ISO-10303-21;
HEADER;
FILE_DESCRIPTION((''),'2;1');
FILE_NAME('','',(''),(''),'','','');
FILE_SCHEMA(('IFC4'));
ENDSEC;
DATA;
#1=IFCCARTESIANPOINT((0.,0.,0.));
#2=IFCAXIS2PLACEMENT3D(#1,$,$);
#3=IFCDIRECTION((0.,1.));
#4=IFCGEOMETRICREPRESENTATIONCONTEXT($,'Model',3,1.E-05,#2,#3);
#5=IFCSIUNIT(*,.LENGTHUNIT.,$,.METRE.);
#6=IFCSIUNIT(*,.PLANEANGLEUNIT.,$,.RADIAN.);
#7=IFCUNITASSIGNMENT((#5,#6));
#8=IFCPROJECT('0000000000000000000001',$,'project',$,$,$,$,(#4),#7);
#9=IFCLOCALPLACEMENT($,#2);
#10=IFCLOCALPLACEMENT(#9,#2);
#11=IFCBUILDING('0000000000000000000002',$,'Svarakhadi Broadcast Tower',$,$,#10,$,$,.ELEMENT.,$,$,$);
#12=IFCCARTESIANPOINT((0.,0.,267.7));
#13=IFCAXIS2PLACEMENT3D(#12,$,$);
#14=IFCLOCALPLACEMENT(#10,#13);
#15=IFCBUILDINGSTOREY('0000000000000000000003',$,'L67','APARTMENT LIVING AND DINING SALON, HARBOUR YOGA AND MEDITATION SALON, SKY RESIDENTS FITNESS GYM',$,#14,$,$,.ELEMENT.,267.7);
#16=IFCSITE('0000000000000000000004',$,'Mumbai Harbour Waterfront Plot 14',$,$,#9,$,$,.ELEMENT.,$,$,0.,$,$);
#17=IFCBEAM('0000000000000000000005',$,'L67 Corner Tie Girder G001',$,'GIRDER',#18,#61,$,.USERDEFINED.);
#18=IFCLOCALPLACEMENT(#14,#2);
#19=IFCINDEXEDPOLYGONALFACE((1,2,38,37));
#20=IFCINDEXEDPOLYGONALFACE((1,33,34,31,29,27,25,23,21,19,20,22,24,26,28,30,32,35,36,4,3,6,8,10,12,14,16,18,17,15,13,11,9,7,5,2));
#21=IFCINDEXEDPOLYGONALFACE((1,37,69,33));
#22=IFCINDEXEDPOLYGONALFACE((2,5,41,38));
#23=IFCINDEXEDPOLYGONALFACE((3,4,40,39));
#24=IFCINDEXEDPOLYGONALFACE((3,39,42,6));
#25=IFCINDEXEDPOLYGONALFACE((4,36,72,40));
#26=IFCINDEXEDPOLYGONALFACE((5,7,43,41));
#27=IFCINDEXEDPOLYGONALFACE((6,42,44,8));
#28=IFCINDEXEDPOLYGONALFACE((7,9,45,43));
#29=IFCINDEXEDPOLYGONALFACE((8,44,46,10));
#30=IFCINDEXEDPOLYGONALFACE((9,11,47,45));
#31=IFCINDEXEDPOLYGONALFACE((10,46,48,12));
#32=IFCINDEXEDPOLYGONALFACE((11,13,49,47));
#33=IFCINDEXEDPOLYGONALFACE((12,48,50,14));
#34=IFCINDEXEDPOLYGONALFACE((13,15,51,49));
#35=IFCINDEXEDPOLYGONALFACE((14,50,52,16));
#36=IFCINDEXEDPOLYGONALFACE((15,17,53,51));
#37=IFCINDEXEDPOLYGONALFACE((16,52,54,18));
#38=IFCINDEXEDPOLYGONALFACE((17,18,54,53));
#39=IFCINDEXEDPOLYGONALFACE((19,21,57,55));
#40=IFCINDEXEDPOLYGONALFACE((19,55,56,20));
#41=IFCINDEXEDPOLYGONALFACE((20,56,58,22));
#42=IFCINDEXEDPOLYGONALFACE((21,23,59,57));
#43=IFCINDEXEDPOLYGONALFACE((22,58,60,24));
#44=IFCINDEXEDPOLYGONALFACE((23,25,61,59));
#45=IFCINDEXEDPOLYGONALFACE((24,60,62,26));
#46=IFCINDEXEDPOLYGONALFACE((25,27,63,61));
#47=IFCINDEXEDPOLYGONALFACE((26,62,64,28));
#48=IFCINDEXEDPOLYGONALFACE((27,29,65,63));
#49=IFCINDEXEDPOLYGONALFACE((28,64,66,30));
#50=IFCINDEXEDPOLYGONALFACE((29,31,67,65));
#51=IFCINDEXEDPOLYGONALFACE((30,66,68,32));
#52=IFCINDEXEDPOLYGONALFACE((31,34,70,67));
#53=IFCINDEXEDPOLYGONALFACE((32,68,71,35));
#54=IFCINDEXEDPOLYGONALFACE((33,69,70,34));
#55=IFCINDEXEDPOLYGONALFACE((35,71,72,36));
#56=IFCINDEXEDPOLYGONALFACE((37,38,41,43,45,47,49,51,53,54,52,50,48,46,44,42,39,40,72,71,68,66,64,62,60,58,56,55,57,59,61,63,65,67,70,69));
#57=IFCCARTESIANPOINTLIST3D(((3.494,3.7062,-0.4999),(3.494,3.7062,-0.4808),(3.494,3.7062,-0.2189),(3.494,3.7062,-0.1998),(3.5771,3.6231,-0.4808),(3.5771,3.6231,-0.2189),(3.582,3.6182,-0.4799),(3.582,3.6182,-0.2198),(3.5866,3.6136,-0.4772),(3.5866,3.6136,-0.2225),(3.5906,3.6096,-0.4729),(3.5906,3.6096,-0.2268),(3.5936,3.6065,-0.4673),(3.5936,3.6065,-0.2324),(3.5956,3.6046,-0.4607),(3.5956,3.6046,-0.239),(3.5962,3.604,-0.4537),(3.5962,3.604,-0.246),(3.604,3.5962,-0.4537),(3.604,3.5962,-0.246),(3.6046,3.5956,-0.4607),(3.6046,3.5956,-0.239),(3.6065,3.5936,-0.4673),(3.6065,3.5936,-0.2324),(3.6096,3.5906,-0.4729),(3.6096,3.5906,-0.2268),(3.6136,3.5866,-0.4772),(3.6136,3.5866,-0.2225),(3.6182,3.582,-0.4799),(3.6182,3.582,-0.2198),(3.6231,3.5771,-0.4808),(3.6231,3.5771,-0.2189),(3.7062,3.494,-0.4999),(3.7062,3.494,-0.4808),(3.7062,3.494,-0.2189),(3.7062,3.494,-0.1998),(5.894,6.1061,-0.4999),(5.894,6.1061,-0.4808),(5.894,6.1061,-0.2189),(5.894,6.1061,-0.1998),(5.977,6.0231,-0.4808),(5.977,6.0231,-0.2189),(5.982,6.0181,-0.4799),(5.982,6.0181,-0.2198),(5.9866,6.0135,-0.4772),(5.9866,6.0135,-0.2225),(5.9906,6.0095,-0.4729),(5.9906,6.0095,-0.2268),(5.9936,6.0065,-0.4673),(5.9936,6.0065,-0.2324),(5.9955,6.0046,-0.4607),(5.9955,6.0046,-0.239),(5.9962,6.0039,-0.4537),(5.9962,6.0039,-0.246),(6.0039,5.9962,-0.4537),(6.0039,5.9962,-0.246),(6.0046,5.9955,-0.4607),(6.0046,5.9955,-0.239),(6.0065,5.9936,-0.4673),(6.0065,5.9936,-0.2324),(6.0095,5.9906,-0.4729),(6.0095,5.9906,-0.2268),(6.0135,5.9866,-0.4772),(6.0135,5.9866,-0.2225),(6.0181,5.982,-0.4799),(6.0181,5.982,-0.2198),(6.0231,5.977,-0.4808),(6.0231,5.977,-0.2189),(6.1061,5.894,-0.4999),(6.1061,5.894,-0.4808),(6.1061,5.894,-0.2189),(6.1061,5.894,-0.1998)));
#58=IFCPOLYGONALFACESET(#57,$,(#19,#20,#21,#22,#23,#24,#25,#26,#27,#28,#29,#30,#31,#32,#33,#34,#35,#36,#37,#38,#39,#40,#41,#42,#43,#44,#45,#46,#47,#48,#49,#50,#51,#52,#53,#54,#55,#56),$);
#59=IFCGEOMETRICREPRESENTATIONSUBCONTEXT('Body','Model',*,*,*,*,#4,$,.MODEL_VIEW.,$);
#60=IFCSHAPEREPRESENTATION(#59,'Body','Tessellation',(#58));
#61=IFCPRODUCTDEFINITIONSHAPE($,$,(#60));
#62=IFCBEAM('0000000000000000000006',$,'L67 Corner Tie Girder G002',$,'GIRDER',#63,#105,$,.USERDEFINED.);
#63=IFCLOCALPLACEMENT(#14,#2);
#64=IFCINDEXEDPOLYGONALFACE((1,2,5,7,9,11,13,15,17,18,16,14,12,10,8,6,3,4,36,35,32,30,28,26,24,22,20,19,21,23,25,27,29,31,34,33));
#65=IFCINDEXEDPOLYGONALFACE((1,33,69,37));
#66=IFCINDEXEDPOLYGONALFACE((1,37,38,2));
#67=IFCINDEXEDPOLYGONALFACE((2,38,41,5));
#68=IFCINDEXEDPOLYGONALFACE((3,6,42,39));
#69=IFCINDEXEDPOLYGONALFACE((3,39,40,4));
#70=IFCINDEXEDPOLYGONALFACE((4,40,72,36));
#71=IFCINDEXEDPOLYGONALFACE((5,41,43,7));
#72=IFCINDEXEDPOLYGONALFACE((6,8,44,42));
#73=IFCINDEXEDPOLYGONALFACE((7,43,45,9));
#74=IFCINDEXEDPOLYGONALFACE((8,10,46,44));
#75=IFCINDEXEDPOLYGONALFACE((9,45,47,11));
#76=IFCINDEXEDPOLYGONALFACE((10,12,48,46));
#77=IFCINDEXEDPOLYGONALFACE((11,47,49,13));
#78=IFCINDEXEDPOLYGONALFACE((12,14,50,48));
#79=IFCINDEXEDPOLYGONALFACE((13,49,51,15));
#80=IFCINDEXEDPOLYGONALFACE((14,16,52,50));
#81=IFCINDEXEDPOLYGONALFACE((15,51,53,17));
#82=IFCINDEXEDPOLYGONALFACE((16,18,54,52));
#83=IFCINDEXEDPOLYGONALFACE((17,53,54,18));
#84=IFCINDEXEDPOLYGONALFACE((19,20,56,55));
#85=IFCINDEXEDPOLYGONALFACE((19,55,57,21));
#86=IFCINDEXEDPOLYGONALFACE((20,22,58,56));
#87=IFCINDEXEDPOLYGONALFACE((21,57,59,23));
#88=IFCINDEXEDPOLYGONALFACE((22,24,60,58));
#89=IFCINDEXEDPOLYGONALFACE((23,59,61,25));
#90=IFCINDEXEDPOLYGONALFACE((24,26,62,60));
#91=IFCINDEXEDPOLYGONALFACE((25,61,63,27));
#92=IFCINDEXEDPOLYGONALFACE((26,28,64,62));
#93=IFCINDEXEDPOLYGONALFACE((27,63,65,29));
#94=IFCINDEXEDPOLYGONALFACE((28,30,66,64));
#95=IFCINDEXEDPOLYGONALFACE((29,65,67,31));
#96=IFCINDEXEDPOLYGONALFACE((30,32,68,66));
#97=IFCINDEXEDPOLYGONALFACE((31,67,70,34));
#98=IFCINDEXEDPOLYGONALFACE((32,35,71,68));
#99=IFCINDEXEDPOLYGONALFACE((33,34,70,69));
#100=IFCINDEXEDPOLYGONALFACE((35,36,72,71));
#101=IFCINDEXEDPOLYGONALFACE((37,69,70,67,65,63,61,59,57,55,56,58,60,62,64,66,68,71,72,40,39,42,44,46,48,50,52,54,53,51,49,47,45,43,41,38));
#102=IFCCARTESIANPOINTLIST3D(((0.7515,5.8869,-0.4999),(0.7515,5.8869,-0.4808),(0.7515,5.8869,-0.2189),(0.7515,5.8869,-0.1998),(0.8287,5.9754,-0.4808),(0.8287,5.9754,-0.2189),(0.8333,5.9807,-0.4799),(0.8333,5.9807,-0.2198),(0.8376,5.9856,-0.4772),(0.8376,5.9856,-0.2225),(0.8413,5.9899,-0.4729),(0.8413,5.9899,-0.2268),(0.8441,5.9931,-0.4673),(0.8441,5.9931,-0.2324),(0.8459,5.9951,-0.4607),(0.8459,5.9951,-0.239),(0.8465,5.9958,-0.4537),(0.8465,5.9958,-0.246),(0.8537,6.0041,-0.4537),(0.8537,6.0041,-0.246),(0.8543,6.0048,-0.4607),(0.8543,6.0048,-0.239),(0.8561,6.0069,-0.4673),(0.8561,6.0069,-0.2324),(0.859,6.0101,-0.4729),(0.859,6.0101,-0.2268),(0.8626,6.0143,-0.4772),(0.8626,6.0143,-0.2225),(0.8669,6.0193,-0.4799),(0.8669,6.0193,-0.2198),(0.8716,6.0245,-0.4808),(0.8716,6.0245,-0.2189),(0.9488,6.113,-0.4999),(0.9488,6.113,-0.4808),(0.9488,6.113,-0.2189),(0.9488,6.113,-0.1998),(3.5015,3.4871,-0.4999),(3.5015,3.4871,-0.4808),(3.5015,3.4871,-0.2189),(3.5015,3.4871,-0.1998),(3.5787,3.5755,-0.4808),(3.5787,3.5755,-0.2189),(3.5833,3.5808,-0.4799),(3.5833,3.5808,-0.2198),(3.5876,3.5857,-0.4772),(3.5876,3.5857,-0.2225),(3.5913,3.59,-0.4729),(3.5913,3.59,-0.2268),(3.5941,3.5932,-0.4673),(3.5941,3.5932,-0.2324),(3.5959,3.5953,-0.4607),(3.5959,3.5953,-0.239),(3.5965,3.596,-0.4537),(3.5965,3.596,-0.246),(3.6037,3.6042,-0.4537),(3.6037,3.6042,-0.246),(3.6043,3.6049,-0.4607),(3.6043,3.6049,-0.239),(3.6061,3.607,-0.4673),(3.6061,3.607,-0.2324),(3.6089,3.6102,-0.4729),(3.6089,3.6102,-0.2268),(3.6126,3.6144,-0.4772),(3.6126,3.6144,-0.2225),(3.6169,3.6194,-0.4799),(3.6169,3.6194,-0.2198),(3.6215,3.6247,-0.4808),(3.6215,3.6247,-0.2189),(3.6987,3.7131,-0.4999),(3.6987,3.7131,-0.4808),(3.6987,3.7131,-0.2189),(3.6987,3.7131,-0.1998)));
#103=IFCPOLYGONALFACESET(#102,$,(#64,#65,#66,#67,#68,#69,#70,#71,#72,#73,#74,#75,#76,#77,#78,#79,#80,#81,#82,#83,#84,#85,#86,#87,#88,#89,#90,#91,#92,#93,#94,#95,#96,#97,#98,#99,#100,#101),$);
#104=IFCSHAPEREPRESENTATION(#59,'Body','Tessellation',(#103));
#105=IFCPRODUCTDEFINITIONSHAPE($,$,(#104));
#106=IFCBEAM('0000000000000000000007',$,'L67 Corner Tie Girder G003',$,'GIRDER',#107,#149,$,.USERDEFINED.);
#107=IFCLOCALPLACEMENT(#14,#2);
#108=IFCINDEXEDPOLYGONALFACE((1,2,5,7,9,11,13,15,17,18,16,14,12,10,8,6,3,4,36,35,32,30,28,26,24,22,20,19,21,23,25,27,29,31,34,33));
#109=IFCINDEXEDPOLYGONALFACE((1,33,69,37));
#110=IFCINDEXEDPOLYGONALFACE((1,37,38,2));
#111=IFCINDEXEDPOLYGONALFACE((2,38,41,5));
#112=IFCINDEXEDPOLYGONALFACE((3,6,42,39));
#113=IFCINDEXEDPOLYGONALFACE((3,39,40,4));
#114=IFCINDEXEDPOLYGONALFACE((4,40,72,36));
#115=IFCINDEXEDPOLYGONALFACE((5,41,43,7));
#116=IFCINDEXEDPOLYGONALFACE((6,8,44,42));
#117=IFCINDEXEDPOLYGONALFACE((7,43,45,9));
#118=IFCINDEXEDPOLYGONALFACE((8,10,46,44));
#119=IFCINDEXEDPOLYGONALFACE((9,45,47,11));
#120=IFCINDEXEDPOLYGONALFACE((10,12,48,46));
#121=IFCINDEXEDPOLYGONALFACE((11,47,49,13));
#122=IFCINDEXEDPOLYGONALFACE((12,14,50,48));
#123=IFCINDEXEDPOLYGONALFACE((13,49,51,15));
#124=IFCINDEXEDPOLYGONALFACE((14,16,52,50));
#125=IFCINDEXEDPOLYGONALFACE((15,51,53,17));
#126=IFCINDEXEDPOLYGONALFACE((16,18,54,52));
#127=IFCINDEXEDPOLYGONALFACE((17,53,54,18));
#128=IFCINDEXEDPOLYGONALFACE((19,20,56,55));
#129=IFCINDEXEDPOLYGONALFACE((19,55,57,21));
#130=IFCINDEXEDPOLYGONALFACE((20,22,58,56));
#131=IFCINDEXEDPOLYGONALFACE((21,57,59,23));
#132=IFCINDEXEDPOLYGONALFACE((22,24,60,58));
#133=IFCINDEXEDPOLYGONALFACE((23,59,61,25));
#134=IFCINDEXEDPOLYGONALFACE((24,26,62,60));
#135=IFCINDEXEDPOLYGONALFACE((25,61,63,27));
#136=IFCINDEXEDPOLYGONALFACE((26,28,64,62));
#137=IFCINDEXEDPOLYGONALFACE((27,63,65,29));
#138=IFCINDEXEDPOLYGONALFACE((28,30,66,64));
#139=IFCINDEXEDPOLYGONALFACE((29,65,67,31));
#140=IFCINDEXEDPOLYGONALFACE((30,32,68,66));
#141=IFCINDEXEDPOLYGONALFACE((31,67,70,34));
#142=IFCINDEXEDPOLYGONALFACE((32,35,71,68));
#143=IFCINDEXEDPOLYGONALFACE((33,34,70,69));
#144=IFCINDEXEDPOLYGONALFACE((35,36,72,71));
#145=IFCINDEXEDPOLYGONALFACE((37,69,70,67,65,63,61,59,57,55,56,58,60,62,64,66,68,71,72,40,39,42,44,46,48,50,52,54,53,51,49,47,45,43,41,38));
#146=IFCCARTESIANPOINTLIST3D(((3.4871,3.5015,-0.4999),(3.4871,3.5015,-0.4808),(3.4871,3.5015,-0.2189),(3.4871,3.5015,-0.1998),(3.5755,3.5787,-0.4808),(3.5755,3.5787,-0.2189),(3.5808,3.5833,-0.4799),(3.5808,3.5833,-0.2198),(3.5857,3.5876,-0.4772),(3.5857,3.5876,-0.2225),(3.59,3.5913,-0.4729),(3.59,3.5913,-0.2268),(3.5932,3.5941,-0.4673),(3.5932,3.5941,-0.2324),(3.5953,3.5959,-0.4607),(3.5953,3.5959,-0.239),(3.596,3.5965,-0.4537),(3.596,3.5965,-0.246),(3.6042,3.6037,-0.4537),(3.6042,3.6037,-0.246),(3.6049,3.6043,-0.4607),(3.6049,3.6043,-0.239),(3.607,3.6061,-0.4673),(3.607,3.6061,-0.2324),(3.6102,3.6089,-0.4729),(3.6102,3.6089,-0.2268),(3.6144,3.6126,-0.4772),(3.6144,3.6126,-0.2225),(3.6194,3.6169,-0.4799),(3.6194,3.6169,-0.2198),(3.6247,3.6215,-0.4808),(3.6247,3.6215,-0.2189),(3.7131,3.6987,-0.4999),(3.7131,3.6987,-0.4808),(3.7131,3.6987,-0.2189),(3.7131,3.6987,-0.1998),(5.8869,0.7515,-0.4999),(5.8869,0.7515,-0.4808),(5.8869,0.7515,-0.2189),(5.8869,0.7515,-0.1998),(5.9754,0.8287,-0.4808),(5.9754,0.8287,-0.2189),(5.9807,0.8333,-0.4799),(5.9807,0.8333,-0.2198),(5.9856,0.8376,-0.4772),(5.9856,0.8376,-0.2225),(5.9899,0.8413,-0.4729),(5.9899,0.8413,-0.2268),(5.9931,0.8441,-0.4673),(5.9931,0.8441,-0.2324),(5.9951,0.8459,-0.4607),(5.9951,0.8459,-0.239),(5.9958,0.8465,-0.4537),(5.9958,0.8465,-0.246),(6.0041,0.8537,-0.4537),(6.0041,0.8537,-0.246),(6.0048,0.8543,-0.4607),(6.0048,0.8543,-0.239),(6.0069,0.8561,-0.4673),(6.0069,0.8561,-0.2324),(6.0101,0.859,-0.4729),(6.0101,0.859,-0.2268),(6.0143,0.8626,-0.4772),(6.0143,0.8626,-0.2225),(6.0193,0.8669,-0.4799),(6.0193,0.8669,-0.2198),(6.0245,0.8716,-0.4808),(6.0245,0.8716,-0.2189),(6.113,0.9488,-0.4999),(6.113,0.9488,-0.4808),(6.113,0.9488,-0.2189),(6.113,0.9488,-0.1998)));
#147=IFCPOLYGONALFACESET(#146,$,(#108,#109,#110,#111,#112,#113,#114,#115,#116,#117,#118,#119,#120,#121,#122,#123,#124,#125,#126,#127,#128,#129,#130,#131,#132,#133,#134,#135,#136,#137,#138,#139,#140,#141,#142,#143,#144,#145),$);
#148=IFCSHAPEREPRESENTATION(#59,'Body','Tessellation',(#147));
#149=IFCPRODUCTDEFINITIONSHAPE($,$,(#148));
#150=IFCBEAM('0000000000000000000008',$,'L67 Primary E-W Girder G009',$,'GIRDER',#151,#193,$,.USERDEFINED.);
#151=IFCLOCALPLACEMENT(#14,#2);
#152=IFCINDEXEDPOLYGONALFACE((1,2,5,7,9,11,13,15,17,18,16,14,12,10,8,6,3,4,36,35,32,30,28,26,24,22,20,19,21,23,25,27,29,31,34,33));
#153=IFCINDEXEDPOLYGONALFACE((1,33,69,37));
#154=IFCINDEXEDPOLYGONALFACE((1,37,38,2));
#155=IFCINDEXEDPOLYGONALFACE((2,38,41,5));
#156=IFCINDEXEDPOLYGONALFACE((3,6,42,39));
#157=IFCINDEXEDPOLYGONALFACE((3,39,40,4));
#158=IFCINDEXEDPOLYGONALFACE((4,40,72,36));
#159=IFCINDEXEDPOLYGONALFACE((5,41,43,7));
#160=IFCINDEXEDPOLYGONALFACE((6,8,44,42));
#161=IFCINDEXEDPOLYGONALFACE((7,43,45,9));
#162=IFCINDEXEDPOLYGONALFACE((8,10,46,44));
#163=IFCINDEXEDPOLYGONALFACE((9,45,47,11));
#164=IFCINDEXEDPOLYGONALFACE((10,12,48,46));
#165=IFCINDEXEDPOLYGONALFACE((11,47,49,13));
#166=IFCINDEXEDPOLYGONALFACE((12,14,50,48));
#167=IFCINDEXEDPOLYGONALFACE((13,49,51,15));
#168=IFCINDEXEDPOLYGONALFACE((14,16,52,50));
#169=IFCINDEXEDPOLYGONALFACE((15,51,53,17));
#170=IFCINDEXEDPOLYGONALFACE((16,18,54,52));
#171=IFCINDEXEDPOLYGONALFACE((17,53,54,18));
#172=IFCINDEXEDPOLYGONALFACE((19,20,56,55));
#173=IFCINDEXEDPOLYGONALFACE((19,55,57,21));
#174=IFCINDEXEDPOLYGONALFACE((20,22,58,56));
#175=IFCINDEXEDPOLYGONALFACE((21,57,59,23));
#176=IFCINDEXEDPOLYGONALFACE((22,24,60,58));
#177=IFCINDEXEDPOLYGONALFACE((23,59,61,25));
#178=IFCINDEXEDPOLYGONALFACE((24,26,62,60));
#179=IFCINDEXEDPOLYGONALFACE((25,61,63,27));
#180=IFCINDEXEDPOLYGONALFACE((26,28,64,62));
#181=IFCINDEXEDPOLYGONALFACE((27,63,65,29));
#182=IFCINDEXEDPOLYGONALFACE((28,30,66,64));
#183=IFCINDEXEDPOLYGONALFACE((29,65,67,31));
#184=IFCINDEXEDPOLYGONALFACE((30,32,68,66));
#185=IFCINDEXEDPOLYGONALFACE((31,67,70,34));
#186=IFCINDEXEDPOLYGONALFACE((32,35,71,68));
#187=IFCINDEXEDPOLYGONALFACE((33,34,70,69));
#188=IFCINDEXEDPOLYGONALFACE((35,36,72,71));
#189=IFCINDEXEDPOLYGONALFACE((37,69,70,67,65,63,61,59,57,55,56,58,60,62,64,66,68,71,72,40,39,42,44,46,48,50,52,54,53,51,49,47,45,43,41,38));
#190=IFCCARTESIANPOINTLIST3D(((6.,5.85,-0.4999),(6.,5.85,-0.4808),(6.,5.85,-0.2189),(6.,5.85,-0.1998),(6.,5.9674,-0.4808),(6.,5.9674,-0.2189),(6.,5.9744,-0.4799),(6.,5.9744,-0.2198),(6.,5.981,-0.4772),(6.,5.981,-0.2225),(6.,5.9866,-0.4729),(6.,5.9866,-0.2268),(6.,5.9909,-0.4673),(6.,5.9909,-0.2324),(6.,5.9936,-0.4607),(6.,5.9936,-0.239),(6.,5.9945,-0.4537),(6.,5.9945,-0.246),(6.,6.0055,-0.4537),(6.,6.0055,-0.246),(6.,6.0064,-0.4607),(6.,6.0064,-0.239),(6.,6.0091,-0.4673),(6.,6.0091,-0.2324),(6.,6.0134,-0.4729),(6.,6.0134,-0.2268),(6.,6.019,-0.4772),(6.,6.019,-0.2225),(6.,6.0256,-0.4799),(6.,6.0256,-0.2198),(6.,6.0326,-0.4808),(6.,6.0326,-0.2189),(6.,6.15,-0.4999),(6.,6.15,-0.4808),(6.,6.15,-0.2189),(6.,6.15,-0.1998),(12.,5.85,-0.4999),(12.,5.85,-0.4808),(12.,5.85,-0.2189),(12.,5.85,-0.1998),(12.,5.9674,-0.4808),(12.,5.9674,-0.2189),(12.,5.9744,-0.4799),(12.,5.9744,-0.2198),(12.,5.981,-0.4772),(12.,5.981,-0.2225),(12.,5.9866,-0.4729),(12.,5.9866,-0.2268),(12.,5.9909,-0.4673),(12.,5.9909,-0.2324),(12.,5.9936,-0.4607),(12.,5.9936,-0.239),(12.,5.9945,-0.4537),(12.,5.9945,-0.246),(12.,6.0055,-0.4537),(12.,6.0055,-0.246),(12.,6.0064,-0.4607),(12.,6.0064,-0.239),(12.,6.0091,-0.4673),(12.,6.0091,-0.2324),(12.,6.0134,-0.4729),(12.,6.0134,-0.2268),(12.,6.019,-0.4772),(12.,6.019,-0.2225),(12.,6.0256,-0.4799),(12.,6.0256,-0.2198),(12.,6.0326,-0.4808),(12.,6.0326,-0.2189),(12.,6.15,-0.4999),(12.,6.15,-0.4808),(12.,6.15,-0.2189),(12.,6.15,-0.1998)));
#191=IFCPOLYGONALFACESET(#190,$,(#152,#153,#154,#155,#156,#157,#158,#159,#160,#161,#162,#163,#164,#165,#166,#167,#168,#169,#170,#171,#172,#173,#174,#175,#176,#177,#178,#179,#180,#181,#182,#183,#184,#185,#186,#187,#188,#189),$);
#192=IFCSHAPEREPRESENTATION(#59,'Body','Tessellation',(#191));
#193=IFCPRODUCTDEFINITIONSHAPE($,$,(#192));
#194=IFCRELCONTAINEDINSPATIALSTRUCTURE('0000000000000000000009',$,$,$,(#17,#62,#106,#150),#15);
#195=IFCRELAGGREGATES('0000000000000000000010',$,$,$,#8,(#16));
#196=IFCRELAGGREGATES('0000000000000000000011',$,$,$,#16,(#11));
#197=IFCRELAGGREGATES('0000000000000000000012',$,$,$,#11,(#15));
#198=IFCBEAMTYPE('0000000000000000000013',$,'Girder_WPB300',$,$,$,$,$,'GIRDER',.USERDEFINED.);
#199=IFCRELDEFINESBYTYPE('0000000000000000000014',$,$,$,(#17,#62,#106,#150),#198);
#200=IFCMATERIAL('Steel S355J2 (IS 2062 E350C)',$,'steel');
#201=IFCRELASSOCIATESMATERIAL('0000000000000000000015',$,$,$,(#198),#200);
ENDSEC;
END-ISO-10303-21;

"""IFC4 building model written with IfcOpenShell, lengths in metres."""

from ifc_helpers import new_model, si_unit, direction, frame, origin, origin_2d, place, context, subcontext, project, spatial, i_section, extrude, material, material_profile, profile_set, type_object, element, save


model = new_model("IFC4")

# Units and contexts
model_context = context("Model", 3, precision=1e-05, world=origin(), true_north=direction((0.0, 1.0)))
body_context = subcontext(model_context, "Body", "Model", "MODEL_VIEW")
ifc_project = project(units=[si_unit("LENGTHUNIT", "METRE"), si_unit("PLANEANGLEUNIT", "RADIAN")], contexts=[model_context])

# Site, building, storey
site_placement = place(None, origin())
site = spatial("IfcSite", under=ifc_project, at=site_placement, Name="Mumbai Harbour Waterfront Plot 14", CompositionType="ELEMENT", RefElevation=0.0)
building_placement = place(site_placement, origin())
building = spatial("IfcBuilding", under=site, at=building_placement, Name="Svarakhadi Broadcast Tower", CompositionType="ELEMENT")
storey_placement = place(building_placement, frame((0.0, 0.0, 267.7)))
storey = spatial("IfcBuildingStorey", under=building, at=storey_placement, Name="L67", Description="APARTMENT LIVING AND DINING SALON, HARBOUR YOGA AND MEDITATION SALON, SKY RESIDENTS FITNESS GYM", CompositionType="ELEMENT", Elevation=267.7)

# Beams
ifc_material_1 = material(Name="Steel S355J2 (IS 2062 E350C)", Category="steel")
ifc_material_profile_1 = material_profile(ifc_material_1, i_section(OverallWidth=0.3, OverallDepth=0.3, WebThickness=0.011, FlangeThickness=0.019, FilletRadius=0.0271, at=origin_2d()), Name="WPB 300x300x117")
ifc_profile_set_1 = profile_set([ifc_material_profile_1], Name="Steel S355J2 (IS 2062 E350C)")
beam_type_1 = type_object("IfcBeamType", Name="Girder_WPB300", ElementType="GIRDER", PredefinedType="USERDEFINED", material=ifc_profile_set_1)
beam_placement = place(storey_placement, frame((3.6001, 3.6001, -0.3499), z_axis=(0.707107, 0.707107, 0.0), x_axis=(-0.707107, 0.707107, 0.0)))
element("IfcBeam", 1, at=beam_placement, inside=storey, type_object=beam_type_1, Name="L67 Corner Tie Girder G001", ObjectType="GIRDER", PredefinedType="USERDEFINED", context=body_context, shape_type="SweptSolid", body=[
    extrude(i_section(OverallWidth=0.3, OverallDepth=0.3, WebThickness=0.011, FlangeThickness=0.019, FilletRadius=0.0271, at=origin_2d()), origin(), (0.0, 0.0, 1.0), 3.394),
])
for number, where, z_axis, x_axis, name in (
    (2, (3.6001, 3.6001, -0.3499), (-0.753438, 0.657519, 0.0), (-0.657519, -0.753438, 0.0), "L67 Corner Tie Girder G002"),
    (3, (3.6001, 3.6001, -0.3499), (0.657519, -0.753438, 0.0), (0.753438, 0.657519, 0.0), "L67 Corner Tie Girder G003"),
):
    element("IfcBeam", number, at=place(storey_placement, frame(where, z_axis=z_axis, x_axis=x_axis)), inside=storey, type_object=beam_type_1, Name=name, ObjectType="GIRDER", PredefinedType="USERDEFINED", context=body_context, shape_type="SweptSolid", body=[
        extrude(i_section(OverallWidth=0.3, OverallDepth=0.3, WebThickness=0.011, FlangeThickness=0.019, FilletRadius=0.0271, at=origin_2d()), origin(), (0.0, 0.0, 1.0), 3.6499),
    ])
for number, where, z_axis, x_axis, name in (
    (4, (6.0, 6.0, -0.3499), (1.0, 0.0, 0.0), (0.0, 1.0, 0.0), "L67 Primary E-W Girder G009"),
):
    element("IfcBeam", number, at=place(storey_placement, frame(where, z_axis=z_axis, x_axis=x_axis)), inside=storey, type_object=beam_type_1, Name=name, ObjectType="GIRDER", PredefinedType="USERDEFINED", context=body_context, shape_type="SweptSolid", body=[
        extrude(i_section(OverallWidth=0.3, OverallDepth=0.3, WebThickness=0.011, FlangeThickness=0.019, FilletRadius=0.0271, at=origin_2d()), origin(), (0.0, 0.0, 1.0), 6.0),
    ])

save(model, "model.ifc")
